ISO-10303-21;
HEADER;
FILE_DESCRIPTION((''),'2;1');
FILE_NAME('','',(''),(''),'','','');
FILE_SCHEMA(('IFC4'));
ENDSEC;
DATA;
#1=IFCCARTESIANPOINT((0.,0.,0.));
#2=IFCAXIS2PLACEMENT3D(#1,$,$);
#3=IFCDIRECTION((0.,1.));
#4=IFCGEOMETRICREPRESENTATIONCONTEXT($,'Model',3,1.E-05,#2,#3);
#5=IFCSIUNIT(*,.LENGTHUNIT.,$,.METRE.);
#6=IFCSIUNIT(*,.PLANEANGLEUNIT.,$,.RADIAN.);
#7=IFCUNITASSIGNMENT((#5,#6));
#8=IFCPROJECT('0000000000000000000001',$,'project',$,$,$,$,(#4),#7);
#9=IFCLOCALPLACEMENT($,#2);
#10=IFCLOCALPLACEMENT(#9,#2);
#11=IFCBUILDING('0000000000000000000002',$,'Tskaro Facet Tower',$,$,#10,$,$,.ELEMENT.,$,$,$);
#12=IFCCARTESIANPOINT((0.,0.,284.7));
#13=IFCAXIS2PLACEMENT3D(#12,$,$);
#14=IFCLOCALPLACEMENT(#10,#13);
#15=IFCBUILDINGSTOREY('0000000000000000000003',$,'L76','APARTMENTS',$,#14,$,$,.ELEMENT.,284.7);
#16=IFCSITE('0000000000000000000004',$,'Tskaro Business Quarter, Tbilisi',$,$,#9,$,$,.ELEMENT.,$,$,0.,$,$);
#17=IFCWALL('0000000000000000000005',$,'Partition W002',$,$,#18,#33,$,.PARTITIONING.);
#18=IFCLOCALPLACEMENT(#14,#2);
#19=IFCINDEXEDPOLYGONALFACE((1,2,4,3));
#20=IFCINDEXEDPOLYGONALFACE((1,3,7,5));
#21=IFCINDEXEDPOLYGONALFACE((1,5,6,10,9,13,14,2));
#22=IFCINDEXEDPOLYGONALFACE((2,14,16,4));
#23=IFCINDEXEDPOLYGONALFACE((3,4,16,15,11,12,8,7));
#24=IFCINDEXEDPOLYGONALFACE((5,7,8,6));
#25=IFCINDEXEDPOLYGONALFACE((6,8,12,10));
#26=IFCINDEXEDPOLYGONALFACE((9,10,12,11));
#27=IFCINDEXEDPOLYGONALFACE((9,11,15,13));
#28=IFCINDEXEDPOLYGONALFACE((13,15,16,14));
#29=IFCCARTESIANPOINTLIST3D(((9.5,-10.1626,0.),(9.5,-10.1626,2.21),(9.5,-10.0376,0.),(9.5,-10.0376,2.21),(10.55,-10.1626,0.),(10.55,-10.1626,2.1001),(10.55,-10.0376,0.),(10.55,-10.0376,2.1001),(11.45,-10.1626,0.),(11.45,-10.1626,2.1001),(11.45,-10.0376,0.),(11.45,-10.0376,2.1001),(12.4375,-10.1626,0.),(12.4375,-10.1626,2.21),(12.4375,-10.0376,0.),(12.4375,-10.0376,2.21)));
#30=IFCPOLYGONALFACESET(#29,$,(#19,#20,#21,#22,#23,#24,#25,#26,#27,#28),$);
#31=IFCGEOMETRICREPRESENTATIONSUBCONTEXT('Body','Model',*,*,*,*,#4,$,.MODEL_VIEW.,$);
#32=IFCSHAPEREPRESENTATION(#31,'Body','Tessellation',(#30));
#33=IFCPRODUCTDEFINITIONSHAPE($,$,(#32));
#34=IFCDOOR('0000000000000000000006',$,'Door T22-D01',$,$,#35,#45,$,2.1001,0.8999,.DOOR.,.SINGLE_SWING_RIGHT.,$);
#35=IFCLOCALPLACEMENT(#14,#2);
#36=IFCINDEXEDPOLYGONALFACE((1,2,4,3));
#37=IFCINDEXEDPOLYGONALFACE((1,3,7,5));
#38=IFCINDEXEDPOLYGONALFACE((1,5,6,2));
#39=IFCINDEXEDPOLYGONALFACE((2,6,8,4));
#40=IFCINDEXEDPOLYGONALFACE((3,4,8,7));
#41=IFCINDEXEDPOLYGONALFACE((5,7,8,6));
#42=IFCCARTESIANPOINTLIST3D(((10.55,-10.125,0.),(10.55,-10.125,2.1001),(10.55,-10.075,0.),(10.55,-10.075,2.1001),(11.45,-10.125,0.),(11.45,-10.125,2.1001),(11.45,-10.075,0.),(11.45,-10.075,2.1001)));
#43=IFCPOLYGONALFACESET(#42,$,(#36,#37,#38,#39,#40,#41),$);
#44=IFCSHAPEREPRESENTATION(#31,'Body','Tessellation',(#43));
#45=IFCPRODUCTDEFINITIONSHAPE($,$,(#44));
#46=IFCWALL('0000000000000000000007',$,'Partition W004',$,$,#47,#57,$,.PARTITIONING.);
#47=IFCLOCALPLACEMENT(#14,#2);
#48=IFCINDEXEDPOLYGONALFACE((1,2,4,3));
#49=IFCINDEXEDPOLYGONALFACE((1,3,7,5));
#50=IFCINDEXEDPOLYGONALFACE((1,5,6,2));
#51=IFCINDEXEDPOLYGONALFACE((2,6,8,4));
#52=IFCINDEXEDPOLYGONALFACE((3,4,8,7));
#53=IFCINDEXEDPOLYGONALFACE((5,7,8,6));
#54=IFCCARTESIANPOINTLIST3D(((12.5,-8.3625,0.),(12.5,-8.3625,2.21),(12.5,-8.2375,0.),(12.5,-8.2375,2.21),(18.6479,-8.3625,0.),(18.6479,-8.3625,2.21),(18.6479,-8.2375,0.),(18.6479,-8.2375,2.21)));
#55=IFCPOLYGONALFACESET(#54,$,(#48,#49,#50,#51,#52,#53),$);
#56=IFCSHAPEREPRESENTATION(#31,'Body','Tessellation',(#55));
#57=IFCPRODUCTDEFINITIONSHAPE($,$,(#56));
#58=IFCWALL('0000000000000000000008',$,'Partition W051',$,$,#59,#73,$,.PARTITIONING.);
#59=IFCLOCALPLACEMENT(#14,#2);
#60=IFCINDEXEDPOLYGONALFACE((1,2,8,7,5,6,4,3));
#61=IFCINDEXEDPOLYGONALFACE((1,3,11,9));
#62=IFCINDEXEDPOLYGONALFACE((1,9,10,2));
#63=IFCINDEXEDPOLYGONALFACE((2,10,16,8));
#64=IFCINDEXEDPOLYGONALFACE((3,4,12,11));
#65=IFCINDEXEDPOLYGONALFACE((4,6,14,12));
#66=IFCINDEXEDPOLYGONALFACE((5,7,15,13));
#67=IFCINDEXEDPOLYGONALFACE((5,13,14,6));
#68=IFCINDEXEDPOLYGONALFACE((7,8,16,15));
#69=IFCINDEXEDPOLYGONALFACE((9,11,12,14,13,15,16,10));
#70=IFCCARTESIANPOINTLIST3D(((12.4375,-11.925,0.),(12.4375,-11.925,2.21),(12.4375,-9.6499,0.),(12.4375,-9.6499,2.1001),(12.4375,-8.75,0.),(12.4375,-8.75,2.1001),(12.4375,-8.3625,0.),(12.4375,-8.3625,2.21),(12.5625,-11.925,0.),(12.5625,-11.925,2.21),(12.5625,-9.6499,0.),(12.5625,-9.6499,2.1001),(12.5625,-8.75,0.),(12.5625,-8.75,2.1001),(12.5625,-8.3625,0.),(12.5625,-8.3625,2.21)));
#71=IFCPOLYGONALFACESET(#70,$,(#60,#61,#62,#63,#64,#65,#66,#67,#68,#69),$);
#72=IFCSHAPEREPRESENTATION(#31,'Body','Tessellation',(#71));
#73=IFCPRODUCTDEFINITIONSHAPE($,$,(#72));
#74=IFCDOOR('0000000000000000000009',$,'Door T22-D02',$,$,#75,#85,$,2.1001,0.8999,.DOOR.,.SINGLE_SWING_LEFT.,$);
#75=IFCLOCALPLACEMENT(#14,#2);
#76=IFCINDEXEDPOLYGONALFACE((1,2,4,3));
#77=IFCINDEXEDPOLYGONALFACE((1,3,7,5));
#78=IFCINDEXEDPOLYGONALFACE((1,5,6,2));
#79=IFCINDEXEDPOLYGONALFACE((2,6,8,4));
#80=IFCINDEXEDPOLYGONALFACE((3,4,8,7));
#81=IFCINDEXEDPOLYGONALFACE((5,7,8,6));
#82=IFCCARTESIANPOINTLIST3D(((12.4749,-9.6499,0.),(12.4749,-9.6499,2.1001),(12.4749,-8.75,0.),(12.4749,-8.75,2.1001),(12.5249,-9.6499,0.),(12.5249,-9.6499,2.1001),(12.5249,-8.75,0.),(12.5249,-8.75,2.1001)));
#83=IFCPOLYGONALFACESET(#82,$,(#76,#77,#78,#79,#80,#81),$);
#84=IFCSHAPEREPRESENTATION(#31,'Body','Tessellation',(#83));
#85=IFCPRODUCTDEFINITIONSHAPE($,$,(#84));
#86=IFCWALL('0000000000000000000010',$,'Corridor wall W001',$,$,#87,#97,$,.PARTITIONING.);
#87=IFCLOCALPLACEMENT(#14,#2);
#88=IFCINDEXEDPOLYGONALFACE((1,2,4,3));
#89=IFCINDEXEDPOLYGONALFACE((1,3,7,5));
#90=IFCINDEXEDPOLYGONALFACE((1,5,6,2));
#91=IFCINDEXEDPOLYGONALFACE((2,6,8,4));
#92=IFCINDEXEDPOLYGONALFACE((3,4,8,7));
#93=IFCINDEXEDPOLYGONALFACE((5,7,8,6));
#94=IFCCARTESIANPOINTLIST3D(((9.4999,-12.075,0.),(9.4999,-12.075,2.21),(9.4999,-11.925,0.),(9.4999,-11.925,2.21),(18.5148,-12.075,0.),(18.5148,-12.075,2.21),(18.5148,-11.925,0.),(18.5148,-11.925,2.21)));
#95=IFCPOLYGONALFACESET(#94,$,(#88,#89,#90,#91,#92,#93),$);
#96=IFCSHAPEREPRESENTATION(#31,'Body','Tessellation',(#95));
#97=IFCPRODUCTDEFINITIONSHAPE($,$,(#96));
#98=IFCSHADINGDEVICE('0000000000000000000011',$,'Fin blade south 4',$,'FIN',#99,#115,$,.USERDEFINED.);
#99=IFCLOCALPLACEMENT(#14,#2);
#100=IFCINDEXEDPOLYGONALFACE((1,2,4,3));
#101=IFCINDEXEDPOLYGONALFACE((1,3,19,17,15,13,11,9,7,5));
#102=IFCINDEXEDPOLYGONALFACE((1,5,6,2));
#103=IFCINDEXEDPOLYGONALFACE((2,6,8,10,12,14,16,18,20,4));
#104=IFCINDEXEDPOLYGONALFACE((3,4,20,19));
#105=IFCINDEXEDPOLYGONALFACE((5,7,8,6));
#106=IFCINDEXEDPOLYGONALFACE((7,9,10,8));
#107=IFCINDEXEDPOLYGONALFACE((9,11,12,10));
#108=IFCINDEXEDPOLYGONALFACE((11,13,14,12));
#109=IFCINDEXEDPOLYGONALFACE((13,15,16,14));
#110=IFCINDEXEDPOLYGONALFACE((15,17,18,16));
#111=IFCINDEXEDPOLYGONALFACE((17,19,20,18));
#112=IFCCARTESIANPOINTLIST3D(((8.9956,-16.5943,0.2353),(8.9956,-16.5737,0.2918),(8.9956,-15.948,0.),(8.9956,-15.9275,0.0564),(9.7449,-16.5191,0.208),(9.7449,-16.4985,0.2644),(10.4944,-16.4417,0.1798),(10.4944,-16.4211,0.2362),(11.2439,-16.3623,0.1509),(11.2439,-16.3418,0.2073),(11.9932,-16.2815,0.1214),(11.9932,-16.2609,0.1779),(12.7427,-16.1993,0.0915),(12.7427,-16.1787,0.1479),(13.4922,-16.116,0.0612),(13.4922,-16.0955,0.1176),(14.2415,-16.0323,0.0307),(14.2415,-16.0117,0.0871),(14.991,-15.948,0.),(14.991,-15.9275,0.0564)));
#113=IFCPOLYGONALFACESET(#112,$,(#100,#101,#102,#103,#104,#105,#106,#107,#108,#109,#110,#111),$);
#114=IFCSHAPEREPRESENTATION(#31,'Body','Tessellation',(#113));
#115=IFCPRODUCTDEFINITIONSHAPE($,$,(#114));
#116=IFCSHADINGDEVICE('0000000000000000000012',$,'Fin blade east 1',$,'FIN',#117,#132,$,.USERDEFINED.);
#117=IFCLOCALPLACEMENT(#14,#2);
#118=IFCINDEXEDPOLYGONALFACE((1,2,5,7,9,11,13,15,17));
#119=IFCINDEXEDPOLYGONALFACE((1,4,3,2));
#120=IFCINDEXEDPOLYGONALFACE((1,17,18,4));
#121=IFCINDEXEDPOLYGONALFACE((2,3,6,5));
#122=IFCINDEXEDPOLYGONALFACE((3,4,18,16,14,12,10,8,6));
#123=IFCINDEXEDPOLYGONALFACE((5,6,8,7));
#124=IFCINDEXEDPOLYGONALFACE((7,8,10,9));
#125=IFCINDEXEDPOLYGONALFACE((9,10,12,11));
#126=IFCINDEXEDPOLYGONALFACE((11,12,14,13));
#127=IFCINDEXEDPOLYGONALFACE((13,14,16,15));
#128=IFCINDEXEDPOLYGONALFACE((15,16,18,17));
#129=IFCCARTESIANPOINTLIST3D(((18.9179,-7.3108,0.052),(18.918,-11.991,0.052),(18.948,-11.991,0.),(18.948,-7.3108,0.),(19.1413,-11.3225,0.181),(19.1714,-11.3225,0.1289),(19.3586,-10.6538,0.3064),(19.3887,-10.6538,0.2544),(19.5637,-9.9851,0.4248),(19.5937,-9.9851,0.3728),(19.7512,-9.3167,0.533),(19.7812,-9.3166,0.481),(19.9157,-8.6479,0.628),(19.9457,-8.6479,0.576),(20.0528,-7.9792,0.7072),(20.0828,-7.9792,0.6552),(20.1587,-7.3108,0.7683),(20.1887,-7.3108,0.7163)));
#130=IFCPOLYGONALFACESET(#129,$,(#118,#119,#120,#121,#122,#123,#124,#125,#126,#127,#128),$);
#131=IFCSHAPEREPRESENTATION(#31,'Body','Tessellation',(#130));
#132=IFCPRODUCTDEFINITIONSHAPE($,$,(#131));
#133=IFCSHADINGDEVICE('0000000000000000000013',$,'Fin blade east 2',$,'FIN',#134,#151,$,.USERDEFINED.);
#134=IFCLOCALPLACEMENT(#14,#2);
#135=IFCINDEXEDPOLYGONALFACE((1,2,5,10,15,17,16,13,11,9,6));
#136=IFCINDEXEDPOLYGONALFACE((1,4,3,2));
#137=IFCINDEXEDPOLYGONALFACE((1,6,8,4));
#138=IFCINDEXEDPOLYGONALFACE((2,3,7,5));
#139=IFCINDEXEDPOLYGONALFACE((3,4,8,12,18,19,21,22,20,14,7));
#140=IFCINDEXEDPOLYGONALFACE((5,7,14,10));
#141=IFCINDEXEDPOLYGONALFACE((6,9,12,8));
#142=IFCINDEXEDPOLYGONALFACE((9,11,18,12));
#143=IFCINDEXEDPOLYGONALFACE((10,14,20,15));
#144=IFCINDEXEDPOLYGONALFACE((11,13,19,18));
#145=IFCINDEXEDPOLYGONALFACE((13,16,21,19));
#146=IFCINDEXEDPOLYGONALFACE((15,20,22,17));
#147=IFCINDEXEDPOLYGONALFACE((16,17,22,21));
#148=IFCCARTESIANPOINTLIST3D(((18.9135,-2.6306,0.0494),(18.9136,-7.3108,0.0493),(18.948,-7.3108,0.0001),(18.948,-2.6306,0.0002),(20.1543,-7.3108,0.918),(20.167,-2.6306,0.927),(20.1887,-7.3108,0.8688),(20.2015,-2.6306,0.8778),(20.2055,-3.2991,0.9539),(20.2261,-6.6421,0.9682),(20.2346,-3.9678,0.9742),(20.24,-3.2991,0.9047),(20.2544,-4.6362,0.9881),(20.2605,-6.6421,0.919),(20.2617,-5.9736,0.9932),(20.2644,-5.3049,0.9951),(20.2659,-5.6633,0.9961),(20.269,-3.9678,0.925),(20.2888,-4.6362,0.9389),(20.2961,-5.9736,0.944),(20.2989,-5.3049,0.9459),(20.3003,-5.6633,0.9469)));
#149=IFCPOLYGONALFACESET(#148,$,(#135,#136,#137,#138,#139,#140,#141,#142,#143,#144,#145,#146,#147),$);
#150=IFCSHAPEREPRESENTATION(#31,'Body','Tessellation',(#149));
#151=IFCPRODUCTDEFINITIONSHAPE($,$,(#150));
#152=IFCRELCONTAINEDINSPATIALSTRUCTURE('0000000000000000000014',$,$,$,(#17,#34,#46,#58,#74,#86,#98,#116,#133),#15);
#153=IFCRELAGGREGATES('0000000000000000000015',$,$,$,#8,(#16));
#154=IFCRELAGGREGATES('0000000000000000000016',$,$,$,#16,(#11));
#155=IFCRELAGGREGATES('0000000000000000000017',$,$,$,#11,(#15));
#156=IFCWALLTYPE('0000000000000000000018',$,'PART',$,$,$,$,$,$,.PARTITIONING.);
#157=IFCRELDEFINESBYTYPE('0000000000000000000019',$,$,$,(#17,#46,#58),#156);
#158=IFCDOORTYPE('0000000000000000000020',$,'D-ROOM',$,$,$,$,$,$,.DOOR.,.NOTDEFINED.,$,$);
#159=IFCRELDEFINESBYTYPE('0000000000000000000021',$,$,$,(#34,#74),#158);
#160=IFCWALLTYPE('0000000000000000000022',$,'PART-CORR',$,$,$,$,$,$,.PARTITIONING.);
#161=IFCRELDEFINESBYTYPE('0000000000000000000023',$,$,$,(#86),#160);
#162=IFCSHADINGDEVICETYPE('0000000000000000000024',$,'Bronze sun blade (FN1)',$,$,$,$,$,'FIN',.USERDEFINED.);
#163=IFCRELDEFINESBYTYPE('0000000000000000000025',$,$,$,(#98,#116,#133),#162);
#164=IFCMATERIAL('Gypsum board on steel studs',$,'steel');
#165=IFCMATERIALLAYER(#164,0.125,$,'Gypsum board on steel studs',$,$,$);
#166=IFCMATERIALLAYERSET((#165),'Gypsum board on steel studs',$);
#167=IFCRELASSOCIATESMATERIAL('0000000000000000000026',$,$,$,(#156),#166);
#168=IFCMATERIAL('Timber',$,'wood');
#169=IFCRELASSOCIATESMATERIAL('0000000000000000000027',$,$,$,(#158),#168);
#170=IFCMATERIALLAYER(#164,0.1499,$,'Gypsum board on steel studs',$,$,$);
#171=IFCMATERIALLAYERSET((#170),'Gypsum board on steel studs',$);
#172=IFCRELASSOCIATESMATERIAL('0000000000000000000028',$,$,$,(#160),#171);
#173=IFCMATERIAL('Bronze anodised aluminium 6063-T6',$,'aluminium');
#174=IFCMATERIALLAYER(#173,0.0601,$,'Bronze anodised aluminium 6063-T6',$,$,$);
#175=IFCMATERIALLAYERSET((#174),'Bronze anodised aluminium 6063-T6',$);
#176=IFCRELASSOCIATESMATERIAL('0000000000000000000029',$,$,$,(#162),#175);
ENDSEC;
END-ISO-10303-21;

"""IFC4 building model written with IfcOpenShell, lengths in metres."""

from ifc_helpers import new_model, si_unit, direction, frame, frame_2d, origin, place, context, subcontext, project, spatial, polyline, rectangle, outline, extrude, material, layer, layer_set, type_object, element, fill, save


model = new_model("IFC4")

# Units and contexts
model_context = context("Model", 3, precision=1e-05, world=origin(), true_north=direction((0.0, 1.0)))
body_context = subcontext(model_context, "Body", "Model", "MODEL_VIEW")
ifc_project = project(units=[si_unit("LENGTHUNIT", "METRE"), si_unit("PLANEANGLEUNIT", "RADIAN")], contexts=[model_context])

# Site, building, storey
site_placement = place(None, origin())
site = spatial("IfcSite", under=ifc_project, at=site_placement, Name="Tskaro Business Quarter, Tbilisi", CompositionType="ELEMENT", RefElevation=0.0)
building_placement = place(site_placement, origin())
building = spatial("IfcBuilding", under=site, at=building_placement, Name="Tskaro Facet Tower", CompositionType="ELEMENT")
storey_placement = place(building_placement, frame((0.0, 0.0, 284.7)))
storey = spatial("IfcBuildingStorey", under=building, at=storey_placement, Name="L76", Description="APARTMENTS", CompositionType="ELEMENT", Elevation=284.7)

# Shared definitions
ifc_material_1 = material(Name="Bronze anodised aluminium 6063-T6", Category="aluminium")

# Wall, opening, door
ifc_material_2 = material(Name="Gypsum board on steel studs", Category="steel")
ifc_layer_1 = layer(ifc_material_2, 0.125, Name="Gypsum board on steel studs")
ifc_layer_set_1 = layer_set([ifc_layer_1], Name="Gypsum board on steel studs")
wall_type_1 = type_object("IfcWallType", Name="PART", PredefinedType="PARTITIONING", material=ifc_layer_set_1)
wall_1_placement = place(storey_placement, frame((12.4375, -10.1001, 0.0), z_axis=(0.0, 0.0, 1.0), x_axis=(-1.0, 0.0, 0.0)))
wall_1 = element("IfcWall", 1, at=wall_1_placement, inside=storey, type_object=wall_type_1, Name="Partition W002", PredefinedType="PARTITIONING", context=body_context, shape_type="SweptSolid", body=[
    extrude(rectangle(XDim=2.9375, YDim=0.125, at=frame_2d((1.4688, 0.0))), origin(), (0.0, 0.0, 1.0), 2.21),
])
opening_1_placement = place(wall_1_placement, frame((0.9875, 0.0, 0.0)))
opening_1 = element("IfcOpeningElement", 2, at=opening_1_placement, cuts=wall_1, PredefinedType="OPENING", context=body_context, shape_type="SweptSolid", body=[
    extrude(rectangle(XDim=0.8999, YDim=2.1001, at=frame_2d((0.45, 1.05))), frame((0.0, 0.0725, 0.0), z_axis=(0.0, -1.0, 0.0), x_axis=(1.0, 0.0, 0.0)), (0.0, 0.0, 1.0), 0.145),
])
ifc_material_3 = material(Name="Timber", Category="wood")
door_type = type_object("IfcDoorType", Name="D-ROOM", OperationType="NOTDEFINED", PredefinedType="DOOR", material=ifc_material_3)
door_1_placement = place(opening_1_placement, origin())
door_1 = element("IfcDoor", 3, at=door_1_placement, inside=storey, type_object=door_type, Name="Door T22-D01", OperationType="SINGLE_SWING_RIGHT", OverallHeight=2.1001, OverallWidth=0.8999, PredefinedType="DOOR", context=body_context, shape_type="SweptSolid", body=[
    extrude(rectangle(XDim=0.8999, YDim=2.1001, at=frame_2d((0.45, 1.05))), frame((0.0, 0.0249, 0.0), z_axis=(0.0, -1.0, 0.0), x_axis=(1.0, 0.0, 0.0)), (0.0, 0.0, 1.0), 0.05),
])
fill(opening_1, door_1)

# Wall
wall_2_placement = place(storey_placement, frame((12.5, -8.3, 0.0), z_axis=(0.0, 0.0, 1.0), x_axis=(1.0, 0.0, 0.0)))
element("IfcWall", 4, at=wall_2_placement, inside=storey, type_object=wall_type_1, Name="Partition W004", PredefinedType="PARTITIONING", context=body_context, shape_type="SweptSolid", body=[
    extrude(rectangle(XDim=6.1479, YDim=0.125, at=frame_2d((3.074, 0.0))), origin(), (0.0, 0.0, 1.0), 2.21),
])

# Wall, opening, door
wall_3_placement = place(storey_placement, frame((12.5, -8.3625, 0.0), z_axis=(0.0, 0.0, 1.0), x_axis=(0.0, -1.0, 0.0)))
wall_3 = element("IfcWall", 5, at=wall_3_placement, inside=storey, type_object=wall_type_1, Name="Partition W051", PredefinedType="PARTITIONING", context=body_context, shape_type="SweptSolid", body=[
    extrude(rectangle(XDim=3.5625, YDim=0.125, at=frame_2d((1.7812, 0.0))), origin(), (0.0, 0.0, 1.0), 2.21),
])
opening_2_placement = place(wall_3_placement, frame((0.3875, 0.0, 0.0)))
opening_2 = element("IfcOpeningElement", 6, at=opening_2_placement, cuts=wall_3, PredefinedType="OPENING", context=body_context, shape_type="SweptSolid", body=[
    extrude(rectangle(XDim=0.8999, YDim=2.1001, at=frame_2d((0.45, 1.05))), frame((0.0, 0.0725, 0.0), z_axis=(0.0, -1.0, 0.0), x_axis=(1.0, 0.0, 0.0)), (0.0, 0.0, 1.0), 0.145),
])
door_2_placement = place(opening_2_placement, origin())
door_2 = element("IfcDoor", 7, at=door_2_placement, inside=storey, type_object=door_type, Name="Door T22-D02", OperationType="SINGLE_SWING_LEFT", OverallHeight=2.1001, OverallWidth=0.8999, PredefinedType="DOOR", context=body_context, shape_type="SweptSolid", body=[
    extrude(rectangle(XDim=0.8999, YDim=2.1001, at=frame_2d((0.45, 1.05))), frame((0.0, 0.0249, 0.0), z_axis=(0.0, -1.0, 0.0), x_axis=(1.0, 0.0, 0.0)), (0.0, 0.0, 1.0), 0.05),
])
fill(opening_2, door_2)

# Wall
ifc_layer_2 = layer(ifc_material_2, 0.1499, Name="Gypsum board on steel studs")
ifc_layer_set_2 = layer_set([ifc_layer_2], Name="Gypsum board on steel studs")
wall_type_2 = type_object("IfcWallType", Name="PART-CORR", PredefinedType="PARTITIONING", material=ifc_layer_set_2)
wall_4_placement = place(storey_placement, frame((9.5, -12.0, 0.0), z_axis=(0.0, 0.0, 1.0), x_axis=(1.0, 0.0, 0.0)))
element("IfcWall", 8, at=wall_4_placement, inside=storey, type_object=wall_type_2, Name="Corridor wall W001", PredefinedType="PARTITIONING", context=body_context, shape_type="SweptSolid", body=[
    extrude(rectangle(XDim=9.0149, YDim=0.1499, at=frame_2d((4.5073, 0.0))), origin(), (0.0, 0.0, 1.0), 2.21),
])

# Shading devices
ifc_layer_3 = layer(ifc_material_1, 0.0601, Name="Bronze anodised aluminium 6063-T6")
ifc_layer_set_3 = layer_set([ifc_layer_3], Name="Bronze anodised aluminium 6063-T6")
shading_device_type = type_object("IfcShadingDeviceType", Name="Bronze sun blade (FN1)", ElementType="FIN", PredefinedType="USERDEFINED", material=ifc_layer_set_3)
shading_device_1_placement = place(storey_placement, frame((8.9956, -15.9275, 0.0564), z_axis=(-0.000003, 0.342225, 0.939618), x_axis=(1.0, 0.000001, 0.000003)))
element("IfcShadingDevice", 9, at=shading_device_1_placement, inside=storey, type_object=shading_device_type, Name="Fin blade south 4", ObjectType="FIN", PredefinedType="USERDEFINED", context=body_context, shape_type="SweptSolid", body=[
    extrude(outline(polyline([(0.0, 0.0), (5.9954, 0.0), (5.2458, -0.0897), (4.4966, -0.1788), (3.7471, -0.2674), (2.9976, -0.3549), (2.2483, -0.4409), (1.4988, -0.5253), (0.7493, -0.6077), (0.0, -0.6878), (0.0, 0.0)])), origin(), (0.0, 0.0, -1.0), 0.0601),
])
shading_device_2_placement = place(storey_placement, frame((18.918, -11.991, 0.052), z_axis=(-0.499962, -0.000011, 0.866048), x_axis=(-0.000006, 1.0, 0.00001)))
element("IfcShadingDevice", 10, at=shading_device_2_placement, inside=storey, type_object=shading_device_type, Name="Fin blade east 1", ObjectType="FIN", PredefinedType="USERDEFINED", context=body_context, shape_type="SweptSolid", body=[
    extrude(outline(polyline([(0.0, 0.0), (4.6802, 0.0), (4.6802, -1.4327), (4.0117, -1.3104), (3.343, -1.1521), (2.6743, -0.9621), (2.0059, -0.7456), (1.3372, -0.5088), (0.6685, -0.2579), (0.0, 0.0)])), origin(), (0.0, 0.0, -1.0), 0.0601),
])
shading_device_3_placement = place(storey_placement, frame((18.9136, -7.3108, 0.0493), z_axis=(-0.573531, -0.000012, 0.819184), x_axis=(-0.000007, 1.0, 0.00001)))
element("IfcShadingDevice", 11, at=shading_device_3_placement, inside=storey, type_object=shading_device_type, Name="Fin blade east 2", ObjectType="FIN", PredefinedType="USERDEFINED", context=body_context, shape_type="SweptSolid", body=[
    extrude(outline(polyline([(0.0, 0.0), (4.6802, 0.0), (4.6802, -1.5302), (4.0117, -1.5772), (3.343, -1.6126), (2.6746, -1.6368), (2.0059, -1.649), (1.6475, -1.6508), (1.3372, -1.6457), (0.6687, -1.6022), (0.0, -1.5146), (0.0, 0.0)])), origin(), (0.0, 0.0, -1.0), 0.0601),
])

save(model, "model.ifc")
